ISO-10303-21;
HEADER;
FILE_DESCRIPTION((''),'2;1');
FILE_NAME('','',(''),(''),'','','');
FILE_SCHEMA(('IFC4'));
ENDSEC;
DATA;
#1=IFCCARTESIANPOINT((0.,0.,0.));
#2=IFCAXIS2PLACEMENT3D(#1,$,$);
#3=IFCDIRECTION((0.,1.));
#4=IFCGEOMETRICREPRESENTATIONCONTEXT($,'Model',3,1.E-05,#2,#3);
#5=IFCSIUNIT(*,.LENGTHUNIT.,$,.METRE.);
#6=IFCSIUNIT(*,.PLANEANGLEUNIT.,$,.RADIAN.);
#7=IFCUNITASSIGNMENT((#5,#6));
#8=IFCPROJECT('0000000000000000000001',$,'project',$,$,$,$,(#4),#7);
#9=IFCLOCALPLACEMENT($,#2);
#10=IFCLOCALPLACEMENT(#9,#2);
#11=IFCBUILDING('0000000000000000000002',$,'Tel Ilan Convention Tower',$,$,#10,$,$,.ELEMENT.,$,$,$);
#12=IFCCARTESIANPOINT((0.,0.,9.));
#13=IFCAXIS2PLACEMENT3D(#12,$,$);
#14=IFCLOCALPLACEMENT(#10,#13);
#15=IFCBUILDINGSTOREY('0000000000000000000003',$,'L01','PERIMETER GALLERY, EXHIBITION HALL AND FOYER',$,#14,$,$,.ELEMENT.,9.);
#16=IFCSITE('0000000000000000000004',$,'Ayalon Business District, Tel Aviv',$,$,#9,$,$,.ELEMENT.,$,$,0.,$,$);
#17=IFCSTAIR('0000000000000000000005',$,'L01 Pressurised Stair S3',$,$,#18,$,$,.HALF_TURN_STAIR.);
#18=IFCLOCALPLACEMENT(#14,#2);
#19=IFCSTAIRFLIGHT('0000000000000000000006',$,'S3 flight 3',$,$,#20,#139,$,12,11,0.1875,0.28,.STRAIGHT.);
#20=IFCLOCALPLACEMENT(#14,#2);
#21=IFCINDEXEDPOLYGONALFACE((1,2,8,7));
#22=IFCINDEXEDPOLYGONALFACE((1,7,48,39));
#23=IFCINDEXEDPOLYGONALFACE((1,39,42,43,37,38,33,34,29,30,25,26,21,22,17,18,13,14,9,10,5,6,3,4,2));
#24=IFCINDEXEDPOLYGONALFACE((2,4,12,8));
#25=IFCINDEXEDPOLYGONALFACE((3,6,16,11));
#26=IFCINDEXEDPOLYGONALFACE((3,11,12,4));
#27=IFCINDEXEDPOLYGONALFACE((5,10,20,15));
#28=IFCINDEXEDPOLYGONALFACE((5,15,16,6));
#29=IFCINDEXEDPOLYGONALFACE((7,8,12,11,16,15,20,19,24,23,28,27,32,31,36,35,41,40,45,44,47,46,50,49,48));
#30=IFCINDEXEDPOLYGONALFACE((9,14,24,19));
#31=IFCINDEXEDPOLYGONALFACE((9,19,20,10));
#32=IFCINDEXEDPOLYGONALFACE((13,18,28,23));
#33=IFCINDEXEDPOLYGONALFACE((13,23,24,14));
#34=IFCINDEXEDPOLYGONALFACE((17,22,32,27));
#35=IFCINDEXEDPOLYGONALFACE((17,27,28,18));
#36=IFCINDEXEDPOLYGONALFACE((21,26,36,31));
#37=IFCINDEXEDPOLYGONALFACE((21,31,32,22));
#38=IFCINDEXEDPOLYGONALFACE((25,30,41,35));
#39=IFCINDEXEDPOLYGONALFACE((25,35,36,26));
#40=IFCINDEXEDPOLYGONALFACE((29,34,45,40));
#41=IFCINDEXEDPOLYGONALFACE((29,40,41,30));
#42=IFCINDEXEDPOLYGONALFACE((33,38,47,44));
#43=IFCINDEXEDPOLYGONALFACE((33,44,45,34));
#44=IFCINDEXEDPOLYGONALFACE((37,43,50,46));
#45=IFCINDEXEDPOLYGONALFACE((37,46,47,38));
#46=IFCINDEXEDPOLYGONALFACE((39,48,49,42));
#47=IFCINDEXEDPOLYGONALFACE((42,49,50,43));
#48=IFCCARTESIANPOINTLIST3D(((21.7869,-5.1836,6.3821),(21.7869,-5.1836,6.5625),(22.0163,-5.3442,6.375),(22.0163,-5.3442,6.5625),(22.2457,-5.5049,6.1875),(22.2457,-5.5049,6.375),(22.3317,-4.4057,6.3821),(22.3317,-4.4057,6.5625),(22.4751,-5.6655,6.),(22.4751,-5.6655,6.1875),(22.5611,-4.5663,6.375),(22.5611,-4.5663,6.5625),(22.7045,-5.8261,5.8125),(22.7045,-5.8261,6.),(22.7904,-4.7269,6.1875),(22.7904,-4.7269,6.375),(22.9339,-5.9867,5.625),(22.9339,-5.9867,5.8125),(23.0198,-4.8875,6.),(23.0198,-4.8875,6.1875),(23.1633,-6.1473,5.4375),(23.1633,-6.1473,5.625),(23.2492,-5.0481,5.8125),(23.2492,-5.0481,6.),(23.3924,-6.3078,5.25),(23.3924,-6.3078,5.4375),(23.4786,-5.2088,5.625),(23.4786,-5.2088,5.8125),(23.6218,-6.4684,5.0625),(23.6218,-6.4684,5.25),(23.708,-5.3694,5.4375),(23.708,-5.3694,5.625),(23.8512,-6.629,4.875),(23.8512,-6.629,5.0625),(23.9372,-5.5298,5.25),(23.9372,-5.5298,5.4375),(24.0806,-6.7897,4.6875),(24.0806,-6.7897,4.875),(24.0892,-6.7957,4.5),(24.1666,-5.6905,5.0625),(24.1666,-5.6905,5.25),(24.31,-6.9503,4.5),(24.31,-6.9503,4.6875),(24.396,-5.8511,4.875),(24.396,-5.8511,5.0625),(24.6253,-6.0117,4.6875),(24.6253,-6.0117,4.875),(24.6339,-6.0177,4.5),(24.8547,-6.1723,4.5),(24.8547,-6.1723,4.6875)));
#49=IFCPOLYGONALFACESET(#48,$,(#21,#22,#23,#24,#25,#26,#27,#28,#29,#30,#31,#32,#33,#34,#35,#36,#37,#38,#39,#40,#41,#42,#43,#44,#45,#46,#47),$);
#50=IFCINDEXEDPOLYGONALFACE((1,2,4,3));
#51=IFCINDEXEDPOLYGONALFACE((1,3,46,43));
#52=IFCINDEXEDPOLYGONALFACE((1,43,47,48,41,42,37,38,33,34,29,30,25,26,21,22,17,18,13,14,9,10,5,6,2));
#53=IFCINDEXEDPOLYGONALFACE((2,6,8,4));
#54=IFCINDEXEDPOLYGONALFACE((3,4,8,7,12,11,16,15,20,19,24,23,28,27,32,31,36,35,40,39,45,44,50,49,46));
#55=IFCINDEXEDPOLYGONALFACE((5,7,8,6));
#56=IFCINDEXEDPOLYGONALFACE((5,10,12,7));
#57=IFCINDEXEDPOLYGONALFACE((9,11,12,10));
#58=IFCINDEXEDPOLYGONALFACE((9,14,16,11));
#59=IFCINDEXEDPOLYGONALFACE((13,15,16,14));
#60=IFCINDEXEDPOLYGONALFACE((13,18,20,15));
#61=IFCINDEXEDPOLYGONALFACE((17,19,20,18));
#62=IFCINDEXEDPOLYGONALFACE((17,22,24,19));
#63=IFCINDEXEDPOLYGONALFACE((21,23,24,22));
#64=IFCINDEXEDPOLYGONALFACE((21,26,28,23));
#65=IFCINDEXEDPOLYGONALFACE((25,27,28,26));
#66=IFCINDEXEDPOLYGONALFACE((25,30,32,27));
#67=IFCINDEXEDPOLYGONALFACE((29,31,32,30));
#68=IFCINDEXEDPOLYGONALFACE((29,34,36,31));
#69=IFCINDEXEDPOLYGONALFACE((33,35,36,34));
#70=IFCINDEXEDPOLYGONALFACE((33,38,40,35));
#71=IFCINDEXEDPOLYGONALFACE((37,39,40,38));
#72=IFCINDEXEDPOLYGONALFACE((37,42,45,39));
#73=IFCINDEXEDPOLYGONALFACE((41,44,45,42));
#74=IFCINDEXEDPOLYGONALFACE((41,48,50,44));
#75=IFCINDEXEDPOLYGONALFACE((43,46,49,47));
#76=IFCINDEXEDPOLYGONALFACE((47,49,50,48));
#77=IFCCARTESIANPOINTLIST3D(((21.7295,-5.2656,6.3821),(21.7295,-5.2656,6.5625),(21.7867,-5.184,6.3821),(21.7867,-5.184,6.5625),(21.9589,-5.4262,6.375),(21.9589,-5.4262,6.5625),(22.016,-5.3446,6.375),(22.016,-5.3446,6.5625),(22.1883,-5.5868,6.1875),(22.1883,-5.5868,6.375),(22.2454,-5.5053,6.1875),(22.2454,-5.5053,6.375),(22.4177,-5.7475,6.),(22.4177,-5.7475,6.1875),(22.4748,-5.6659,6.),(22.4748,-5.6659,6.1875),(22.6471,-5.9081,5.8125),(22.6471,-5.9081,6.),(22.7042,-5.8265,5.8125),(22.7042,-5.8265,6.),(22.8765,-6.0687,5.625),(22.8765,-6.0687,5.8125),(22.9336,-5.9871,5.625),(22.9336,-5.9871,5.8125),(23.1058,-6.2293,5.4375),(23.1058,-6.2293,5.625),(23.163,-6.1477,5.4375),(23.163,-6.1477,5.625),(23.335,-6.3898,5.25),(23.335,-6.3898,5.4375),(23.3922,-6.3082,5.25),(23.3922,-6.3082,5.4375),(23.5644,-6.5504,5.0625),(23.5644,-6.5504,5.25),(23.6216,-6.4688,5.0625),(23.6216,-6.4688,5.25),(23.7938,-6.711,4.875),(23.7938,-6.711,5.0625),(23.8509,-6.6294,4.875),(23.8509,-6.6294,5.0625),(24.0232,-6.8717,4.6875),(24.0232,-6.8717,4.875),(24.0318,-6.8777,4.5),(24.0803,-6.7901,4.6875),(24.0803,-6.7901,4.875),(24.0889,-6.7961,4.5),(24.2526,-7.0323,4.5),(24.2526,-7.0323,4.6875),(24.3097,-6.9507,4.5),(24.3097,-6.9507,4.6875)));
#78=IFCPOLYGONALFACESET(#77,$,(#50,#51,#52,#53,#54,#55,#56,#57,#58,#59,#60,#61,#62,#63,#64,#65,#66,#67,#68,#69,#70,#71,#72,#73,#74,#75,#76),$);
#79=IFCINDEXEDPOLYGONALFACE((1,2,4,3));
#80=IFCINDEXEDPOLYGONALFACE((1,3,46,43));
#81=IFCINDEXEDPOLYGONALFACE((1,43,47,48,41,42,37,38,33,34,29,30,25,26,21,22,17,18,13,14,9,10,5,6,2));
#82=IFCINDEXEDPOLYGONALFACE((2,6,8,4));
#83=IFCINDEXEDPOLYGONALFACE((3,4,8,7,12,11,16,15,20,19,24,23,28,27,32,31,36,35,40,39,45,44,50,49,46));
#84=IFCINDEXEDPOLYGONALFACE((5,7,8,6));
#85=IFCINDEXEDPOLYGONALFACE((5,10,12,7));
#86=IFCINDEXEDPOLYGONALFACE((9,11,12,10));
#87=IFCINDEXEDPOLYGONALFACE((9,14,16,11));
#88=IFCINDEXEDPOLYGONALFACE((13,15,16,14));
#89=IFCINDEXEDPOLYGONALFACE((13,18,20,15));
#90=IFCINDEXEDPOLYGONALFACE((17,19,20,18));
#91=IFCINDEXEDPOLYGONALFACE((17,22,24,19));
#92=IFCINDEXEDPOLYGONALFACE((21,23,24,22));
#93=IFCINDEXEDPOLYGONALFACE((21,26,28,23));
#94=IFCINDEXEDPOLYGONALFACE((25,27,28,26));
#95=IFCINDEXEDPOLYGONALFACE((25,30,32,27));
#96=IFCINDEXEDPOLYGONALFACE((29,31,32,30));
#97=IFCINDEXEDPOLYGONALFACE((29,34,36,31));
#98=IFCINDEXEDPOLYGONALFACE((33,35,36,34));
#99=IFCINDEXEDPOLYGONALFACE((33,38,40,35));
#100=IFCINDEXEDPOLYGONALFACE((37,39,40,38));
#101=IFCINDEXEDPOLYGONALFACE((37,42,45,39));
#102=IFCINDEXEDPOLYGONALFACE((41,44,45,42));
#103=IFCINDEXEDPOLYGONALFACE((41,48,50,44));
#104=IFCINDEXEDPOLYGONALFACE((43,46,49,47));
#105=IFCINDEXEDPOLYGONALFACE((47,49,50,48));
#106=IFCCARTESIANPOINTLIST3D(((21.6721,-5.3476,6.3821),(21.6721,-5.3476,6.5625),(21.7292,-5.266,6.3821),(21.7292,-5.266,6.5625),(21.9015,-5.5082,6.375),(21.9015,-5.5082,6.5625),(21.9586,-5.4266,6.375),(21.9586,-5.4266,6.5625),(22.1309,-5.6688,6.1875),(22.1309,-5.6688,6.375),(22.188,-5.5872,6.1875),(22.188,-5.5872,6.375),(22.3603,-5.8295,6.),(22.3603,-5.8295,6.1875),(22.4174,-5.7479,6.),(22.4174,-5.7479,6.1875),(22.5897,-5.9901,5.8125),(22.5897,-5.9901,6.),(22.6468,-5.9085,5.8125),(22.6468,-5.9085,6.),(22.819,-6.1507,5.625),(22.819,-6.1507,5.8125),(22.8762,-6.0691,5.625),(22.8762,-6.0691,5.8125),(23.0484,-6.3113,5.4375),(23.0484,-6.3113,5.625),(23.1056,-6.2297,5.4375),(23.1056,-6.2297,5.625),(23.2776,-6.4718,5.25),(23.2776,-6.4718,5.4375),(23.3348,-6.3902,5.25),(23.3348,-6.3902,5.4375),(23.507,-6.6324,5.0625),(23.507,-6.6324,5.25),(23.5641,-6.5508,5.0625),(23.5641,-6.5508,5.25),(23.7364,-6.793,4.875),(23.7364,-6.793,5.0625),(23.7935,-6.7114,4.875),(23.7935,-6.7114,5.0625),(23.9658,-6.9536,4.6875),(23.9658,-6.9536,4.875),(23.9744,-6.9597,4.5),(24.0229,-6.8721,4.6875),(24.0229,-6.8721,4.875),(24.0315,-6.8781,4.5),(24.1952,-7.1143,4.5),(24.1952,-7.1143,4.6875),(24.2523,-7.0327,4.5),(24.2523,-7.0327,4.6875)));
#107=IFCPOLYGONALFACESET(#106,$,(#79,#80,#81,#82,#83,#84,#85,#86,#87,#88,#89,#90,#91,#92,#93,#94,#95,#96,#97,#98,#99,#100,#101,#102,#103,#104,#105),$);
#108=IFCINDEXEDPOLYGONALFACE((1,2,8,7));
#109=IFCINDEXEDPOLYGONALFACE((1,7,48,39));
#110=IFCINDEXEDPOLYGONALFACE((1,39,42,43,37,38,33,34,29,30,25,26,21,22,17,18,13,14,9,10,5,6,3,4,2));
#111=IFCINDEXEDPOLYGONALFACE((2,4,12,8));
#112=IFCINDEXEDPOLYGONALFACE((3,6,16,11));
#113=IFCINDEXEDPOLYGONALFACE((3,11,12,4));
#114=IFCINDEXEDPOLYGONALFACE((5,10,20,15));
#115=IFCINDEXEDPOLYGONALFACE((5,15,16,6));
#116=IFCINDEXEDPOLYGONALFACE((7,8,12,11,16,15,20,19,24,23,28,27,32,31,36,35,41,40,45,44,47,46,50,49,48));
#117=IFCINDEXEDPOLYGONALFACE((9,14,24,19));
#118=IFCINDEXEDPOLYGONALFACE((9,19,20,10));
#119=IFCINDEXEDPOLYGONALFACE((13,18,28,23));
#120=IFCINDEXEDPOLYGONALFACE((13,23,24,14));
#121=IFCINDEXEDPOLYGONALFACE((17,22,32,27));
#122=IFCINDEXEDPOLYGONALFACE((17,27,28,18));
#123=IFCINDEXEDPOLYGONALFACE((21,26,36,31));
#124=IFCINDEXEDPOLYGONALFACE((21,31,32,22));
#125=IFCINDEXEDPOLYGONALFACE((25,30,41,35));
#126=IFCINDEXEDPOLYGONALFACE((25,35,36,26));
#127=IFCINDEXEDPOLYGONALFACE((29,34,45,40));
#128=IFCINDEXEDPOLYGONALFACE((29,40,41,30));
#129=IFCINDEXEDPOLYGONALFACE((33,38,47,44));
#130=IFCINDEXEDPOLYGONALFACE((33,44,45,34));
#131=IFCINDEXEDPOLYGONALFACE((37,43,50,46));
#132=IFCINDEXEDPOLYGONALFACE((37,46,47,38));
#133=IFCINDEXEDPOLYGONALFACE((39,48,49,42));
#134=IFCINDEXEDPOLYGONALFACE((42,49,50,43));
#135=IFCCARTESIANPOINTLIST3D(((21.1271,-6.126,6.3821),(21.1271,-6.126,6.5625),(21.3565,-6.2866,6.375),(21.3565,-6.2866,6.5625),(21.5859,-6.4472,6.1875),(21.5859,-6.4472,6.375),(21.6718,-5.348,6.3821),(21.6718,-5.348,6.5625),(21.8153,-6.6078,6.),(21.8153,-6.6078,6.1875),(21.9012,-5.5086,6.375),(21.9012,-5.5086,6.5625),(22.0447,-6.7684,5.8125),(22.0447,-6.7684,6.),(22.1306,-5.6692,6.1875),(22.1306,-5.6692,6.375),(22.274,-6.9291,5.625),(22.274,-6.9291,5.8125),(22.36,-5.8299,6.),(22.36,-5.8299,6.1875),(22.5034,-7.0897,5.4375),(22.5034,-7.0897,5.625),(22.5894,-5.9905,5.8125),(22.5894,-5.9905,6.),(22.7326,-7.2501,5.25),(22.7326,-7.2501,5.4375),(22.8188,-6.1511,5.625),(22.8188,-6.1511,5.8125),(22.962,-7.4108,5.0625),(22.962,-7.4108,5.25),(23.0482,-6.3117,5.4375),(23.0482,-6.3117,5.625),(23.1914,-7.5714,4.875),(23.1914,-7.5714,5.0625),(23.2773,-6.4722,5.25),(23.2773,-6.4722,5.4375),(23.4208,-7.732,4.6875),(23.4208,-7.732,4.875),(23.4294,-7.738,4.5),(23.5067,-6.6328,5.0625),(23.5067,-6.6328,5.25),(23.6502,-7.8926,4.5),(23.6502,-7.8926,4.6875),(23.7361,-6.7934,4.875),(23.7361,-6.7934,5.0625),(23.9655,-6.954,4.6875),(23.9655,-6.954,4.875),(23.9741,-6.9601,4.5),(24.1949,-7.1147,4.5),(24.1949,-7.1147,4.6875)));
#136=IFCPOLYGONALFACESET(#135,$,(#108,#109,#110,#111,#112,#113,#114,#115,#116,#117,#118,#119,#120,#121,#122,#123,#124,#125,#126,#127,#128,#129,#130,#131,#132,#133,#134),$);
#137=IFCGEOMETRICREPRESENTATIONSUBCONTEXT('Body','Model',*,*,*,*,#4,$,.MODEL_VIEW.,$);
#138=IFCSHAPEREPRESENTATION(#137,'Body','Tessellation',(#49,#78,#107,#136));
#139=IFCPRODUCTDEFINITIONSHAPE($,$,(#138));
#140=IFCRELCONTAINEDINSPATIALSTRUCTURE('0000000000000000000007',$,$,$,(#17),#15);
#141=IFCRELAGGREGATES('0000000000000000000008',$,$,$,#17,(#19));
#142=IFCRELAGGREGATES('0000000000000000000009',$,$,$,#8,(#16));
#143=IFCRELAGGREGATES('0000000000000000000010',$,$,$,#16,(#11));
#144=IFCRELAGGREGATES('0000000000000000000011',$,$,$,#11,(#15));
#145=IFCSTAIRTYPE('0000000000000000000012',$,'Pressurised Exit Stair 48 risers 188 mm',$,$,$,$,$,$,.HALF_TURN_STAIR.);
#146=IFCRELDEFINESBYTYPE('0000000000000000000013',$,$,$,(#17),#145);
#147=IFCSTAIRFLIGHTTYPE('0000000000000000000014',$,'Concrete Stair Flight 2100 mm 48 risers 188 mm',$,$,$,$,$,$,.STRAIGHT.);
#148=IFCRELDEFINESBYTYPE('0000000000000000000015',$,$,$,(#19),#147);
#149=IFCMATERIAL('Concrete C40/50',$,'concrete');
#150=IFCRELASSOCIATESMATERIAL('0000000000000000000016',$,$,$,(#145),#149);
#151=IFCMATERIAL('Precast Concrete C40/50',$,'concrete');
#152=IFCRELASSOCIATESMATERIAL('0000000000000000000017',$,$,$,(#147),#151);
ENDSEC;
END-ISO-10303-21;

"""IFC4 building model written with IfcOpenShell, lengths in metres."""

from ifc_helpers import new_model, si_unit, direction, frame, origin, place, context, subcontext, project, spatial, polyline, outline, extrude, material, type_object, element, aggregate, save


model = new_model("IFC4")

# Units and contexts
model_context = context("Model", 3, precision=1e-05, world=origin(), true_north=direction((0.0, 1.0)))
body_context = subcontext(model_context, "Body", "Model", "MODEL_VIEW")
ifc_project = project(units=[si_unit("LENGTHUNIT", "METRE"), si_unit("PLANEANGLEUNIT", "RADIAN")], contexts=[model_context])

# Site, building, storey
site_placement = place(None, origin())
site = spatial("IfcSite", under=ifc_project, at=site_placement, Name="Ayalon Business District, Tel Aviv", CompositionType="ELEMENT", RefElevation=0.0)
building_placement = place(site_placement, origin())
building = spatial("IfcBuilding", under=site, at=building_placement, Name="Tel Ilan Convention Tower", CompositionType="ELEMENT")
storey_placement = place(building_placement, frame((0.0, 0.0, 9.0)))
storey = spatial("IfcBuildingStorey", under=building, at=storey_placement, Name="L01", Description="PERIMETER GALLERY, EXHIBITION HALL AND FOYER", CompositionType="ELEMENT", Elevation=9.0)

# Stair, stair flight
ifc_material_1 = material(Name="Concrete C40/50", Category="concrete")
stair_type = type_object("IfcStairType", Name="Pressurised Exit Stair 48 risers 188 mm", PredefinedType="HALF_TURN_STAIR", material=ifc_material_1)
stair_placement = place(storey_placement, origin())
stair = element("IfcStair", 1, at=stair_placement, inside=storey, type_object=stair_type, Name="L01 Pressurised Stair S3", PredefinedType="HALF_TURN_STAIR")
ifc_material_2 = material(Name="Precast Concrete C40/50", Category="concrete")
stair_flight_type = type_object("IfcStairFlightType", Name="Concrete Stair Flight 2100 mm 48 risers 188 mm", PredefinedType="STRAIGHT", material=ifc_material_2)
stair_flight_1_placement = place(storey_placement, frame((24.2524, -7.0325, 4.5), z_axis=(0.0, 0.0, 1.0), x_axis=(-0.819152, 0.573576, 0.0)))
stair_flight_1 = element("IfcStairFlight", 2, at=stair_flight_1_placement, type_object=stair_flight_type, Name="S3 flight 3", NumberOfRisers=12, NumberOfTreads=11, PredefinedType="STRAIGHT", RiserHeight=0.1875, TreadLength=0.28, context=body_context, shape_type="SweptSolid", body=[
    extrude(outline(polyline([(0.0, 0.0), (0.0, 0.1875), (0.28, 0.1875), (0.28, 0.375), (0.5601, 0.375), (0.5601, 0.5625), (0.8401, 0.5625), (0.8401, 0.75), (1.1201, 0.75), (1.1201, 0.9375), (1.3999, 0.9375), (1.3999, 1.125), (1.6799, 1.125), (1.6799, 1.3125), (1.96, 1.3125), (1.96, 1.5), (2.24, 1.5), (2.24, 1.6875), (2.52, 1.6875), (2.52, 1.875), (2.8, 1.875), (2.8, 2.0625), (3.0801, 2.0625), (3.0801, 2.25), (3.0801, 1.8821), (0.2695, 0.0), (0.0, 0.0)])), frame((0.0, -0.1003, 0.0), z_axis=(0.0, -1.0, 0.0), x_axis=(1.0, 0.0, 0.0)), (0.0, 0.0, 1.0), 0.9497),
    extrude(outline(polyline([(0.0, 0.0), (0.0, 0.1875), (0.28, 0.1875), (0.28, 0.375), (0.5601, 0.375), (0.5601, 0.5625), (0.8401, 0.5625), (0.8401, 0.75), (1.1201, 0.75), (1.1201, 0.9375), (1.3999, 0.9375), (1.3999, 1.125), (1.6799, 1.125), (1.6799, 1.3125), (1.96, 1.3125), (1.96, 1.5), (2.24, 1.5), (2.24, 1.6875), (2.52, 1.6875), (2.52, 1.875), (2.8, 1.875), (2.8, 2.0625), (3.0801, 2.0625), (3.0801, 2.25), (3.0801, 1.8821), (0.2695, 0.0), (0.0, 0.0)])), frame((0.0, -0.0002, 0.0), z_axis=(0.0, -1.0, 0.0), x_axis=(1.0, 0.0, 0.0)), (0.0, 0.0, 1.0), 0.0996),
    extrude(outline(polyline([(0.0, 0.0), (0.0, 0.1875), (0.28, 0.1875), (0.28, 0.375), (0.5601, 0.375), (0.5601, 0.5625), (0.8401, 0.5625), (0.8401, 0.75), (1.1201, 0.75), (1.1201, 0.9375), (1.3999, 0.9375), (1.3999, 1.125), (1.6799, 1.125), (1.6799, 1.3125), (1.96, 1.3125), (1.96, 1.5), (2.24, 1.5), (2.24, 1.6875), (2.52, 1.6875), (2.52, 1.875), (2.8, 1.875), (2.8, 2.0625), (3.0801, 2.0625), (3.0801, 2.25), (3.0801, 1.8821), (0.2695, 0.0), (0.0, 0.0)])), frame((0.0, 0.0999, 0.0), z_axis=(0.0, -1.0, 0.0), x_axis=(1.0, 0.0, 0.0)), (0.0, 0.0, 1.0), 0.0996),
    extrude(outline(polyline([(0.0, 0.0), (0.0, 0.1875), (0.28, 0.1875), (0.28, 0.375), (0.5601, 0.375), (0.5601, 0.5625), (0.8401, 0.5625), (0.8401, 0.75), (1.1201, 0.75), (1.1201, 0.9375), (1.3999, 0.9375), (1.3999, 1.125), (1.6799, 1.125), (1.6799, 1.3125), (1.96, 1.3125), (1.96, 1.5), (2.24, 1.5), (2.24, 1.6875), (2.52, 1.6875), (2.52, 1.875), (2.8, 1.875), (2.8, 2.0625), (3.0801, 2.0625), (3.0801, 2.25), (3.0801, 1.8821), (0.2695, 0.0), (0.0, 0.0)])), frame((0.0, 1.05, 0.0), z_axis=(0.0, -1.0, 0.0), x_axis=(1.0, 0.0, 0.0)), (0.0, 0.0, 1.0), 0.9497),
])
aggregate(stair, [stair_flight_1])

save(model, "model.ifc")
